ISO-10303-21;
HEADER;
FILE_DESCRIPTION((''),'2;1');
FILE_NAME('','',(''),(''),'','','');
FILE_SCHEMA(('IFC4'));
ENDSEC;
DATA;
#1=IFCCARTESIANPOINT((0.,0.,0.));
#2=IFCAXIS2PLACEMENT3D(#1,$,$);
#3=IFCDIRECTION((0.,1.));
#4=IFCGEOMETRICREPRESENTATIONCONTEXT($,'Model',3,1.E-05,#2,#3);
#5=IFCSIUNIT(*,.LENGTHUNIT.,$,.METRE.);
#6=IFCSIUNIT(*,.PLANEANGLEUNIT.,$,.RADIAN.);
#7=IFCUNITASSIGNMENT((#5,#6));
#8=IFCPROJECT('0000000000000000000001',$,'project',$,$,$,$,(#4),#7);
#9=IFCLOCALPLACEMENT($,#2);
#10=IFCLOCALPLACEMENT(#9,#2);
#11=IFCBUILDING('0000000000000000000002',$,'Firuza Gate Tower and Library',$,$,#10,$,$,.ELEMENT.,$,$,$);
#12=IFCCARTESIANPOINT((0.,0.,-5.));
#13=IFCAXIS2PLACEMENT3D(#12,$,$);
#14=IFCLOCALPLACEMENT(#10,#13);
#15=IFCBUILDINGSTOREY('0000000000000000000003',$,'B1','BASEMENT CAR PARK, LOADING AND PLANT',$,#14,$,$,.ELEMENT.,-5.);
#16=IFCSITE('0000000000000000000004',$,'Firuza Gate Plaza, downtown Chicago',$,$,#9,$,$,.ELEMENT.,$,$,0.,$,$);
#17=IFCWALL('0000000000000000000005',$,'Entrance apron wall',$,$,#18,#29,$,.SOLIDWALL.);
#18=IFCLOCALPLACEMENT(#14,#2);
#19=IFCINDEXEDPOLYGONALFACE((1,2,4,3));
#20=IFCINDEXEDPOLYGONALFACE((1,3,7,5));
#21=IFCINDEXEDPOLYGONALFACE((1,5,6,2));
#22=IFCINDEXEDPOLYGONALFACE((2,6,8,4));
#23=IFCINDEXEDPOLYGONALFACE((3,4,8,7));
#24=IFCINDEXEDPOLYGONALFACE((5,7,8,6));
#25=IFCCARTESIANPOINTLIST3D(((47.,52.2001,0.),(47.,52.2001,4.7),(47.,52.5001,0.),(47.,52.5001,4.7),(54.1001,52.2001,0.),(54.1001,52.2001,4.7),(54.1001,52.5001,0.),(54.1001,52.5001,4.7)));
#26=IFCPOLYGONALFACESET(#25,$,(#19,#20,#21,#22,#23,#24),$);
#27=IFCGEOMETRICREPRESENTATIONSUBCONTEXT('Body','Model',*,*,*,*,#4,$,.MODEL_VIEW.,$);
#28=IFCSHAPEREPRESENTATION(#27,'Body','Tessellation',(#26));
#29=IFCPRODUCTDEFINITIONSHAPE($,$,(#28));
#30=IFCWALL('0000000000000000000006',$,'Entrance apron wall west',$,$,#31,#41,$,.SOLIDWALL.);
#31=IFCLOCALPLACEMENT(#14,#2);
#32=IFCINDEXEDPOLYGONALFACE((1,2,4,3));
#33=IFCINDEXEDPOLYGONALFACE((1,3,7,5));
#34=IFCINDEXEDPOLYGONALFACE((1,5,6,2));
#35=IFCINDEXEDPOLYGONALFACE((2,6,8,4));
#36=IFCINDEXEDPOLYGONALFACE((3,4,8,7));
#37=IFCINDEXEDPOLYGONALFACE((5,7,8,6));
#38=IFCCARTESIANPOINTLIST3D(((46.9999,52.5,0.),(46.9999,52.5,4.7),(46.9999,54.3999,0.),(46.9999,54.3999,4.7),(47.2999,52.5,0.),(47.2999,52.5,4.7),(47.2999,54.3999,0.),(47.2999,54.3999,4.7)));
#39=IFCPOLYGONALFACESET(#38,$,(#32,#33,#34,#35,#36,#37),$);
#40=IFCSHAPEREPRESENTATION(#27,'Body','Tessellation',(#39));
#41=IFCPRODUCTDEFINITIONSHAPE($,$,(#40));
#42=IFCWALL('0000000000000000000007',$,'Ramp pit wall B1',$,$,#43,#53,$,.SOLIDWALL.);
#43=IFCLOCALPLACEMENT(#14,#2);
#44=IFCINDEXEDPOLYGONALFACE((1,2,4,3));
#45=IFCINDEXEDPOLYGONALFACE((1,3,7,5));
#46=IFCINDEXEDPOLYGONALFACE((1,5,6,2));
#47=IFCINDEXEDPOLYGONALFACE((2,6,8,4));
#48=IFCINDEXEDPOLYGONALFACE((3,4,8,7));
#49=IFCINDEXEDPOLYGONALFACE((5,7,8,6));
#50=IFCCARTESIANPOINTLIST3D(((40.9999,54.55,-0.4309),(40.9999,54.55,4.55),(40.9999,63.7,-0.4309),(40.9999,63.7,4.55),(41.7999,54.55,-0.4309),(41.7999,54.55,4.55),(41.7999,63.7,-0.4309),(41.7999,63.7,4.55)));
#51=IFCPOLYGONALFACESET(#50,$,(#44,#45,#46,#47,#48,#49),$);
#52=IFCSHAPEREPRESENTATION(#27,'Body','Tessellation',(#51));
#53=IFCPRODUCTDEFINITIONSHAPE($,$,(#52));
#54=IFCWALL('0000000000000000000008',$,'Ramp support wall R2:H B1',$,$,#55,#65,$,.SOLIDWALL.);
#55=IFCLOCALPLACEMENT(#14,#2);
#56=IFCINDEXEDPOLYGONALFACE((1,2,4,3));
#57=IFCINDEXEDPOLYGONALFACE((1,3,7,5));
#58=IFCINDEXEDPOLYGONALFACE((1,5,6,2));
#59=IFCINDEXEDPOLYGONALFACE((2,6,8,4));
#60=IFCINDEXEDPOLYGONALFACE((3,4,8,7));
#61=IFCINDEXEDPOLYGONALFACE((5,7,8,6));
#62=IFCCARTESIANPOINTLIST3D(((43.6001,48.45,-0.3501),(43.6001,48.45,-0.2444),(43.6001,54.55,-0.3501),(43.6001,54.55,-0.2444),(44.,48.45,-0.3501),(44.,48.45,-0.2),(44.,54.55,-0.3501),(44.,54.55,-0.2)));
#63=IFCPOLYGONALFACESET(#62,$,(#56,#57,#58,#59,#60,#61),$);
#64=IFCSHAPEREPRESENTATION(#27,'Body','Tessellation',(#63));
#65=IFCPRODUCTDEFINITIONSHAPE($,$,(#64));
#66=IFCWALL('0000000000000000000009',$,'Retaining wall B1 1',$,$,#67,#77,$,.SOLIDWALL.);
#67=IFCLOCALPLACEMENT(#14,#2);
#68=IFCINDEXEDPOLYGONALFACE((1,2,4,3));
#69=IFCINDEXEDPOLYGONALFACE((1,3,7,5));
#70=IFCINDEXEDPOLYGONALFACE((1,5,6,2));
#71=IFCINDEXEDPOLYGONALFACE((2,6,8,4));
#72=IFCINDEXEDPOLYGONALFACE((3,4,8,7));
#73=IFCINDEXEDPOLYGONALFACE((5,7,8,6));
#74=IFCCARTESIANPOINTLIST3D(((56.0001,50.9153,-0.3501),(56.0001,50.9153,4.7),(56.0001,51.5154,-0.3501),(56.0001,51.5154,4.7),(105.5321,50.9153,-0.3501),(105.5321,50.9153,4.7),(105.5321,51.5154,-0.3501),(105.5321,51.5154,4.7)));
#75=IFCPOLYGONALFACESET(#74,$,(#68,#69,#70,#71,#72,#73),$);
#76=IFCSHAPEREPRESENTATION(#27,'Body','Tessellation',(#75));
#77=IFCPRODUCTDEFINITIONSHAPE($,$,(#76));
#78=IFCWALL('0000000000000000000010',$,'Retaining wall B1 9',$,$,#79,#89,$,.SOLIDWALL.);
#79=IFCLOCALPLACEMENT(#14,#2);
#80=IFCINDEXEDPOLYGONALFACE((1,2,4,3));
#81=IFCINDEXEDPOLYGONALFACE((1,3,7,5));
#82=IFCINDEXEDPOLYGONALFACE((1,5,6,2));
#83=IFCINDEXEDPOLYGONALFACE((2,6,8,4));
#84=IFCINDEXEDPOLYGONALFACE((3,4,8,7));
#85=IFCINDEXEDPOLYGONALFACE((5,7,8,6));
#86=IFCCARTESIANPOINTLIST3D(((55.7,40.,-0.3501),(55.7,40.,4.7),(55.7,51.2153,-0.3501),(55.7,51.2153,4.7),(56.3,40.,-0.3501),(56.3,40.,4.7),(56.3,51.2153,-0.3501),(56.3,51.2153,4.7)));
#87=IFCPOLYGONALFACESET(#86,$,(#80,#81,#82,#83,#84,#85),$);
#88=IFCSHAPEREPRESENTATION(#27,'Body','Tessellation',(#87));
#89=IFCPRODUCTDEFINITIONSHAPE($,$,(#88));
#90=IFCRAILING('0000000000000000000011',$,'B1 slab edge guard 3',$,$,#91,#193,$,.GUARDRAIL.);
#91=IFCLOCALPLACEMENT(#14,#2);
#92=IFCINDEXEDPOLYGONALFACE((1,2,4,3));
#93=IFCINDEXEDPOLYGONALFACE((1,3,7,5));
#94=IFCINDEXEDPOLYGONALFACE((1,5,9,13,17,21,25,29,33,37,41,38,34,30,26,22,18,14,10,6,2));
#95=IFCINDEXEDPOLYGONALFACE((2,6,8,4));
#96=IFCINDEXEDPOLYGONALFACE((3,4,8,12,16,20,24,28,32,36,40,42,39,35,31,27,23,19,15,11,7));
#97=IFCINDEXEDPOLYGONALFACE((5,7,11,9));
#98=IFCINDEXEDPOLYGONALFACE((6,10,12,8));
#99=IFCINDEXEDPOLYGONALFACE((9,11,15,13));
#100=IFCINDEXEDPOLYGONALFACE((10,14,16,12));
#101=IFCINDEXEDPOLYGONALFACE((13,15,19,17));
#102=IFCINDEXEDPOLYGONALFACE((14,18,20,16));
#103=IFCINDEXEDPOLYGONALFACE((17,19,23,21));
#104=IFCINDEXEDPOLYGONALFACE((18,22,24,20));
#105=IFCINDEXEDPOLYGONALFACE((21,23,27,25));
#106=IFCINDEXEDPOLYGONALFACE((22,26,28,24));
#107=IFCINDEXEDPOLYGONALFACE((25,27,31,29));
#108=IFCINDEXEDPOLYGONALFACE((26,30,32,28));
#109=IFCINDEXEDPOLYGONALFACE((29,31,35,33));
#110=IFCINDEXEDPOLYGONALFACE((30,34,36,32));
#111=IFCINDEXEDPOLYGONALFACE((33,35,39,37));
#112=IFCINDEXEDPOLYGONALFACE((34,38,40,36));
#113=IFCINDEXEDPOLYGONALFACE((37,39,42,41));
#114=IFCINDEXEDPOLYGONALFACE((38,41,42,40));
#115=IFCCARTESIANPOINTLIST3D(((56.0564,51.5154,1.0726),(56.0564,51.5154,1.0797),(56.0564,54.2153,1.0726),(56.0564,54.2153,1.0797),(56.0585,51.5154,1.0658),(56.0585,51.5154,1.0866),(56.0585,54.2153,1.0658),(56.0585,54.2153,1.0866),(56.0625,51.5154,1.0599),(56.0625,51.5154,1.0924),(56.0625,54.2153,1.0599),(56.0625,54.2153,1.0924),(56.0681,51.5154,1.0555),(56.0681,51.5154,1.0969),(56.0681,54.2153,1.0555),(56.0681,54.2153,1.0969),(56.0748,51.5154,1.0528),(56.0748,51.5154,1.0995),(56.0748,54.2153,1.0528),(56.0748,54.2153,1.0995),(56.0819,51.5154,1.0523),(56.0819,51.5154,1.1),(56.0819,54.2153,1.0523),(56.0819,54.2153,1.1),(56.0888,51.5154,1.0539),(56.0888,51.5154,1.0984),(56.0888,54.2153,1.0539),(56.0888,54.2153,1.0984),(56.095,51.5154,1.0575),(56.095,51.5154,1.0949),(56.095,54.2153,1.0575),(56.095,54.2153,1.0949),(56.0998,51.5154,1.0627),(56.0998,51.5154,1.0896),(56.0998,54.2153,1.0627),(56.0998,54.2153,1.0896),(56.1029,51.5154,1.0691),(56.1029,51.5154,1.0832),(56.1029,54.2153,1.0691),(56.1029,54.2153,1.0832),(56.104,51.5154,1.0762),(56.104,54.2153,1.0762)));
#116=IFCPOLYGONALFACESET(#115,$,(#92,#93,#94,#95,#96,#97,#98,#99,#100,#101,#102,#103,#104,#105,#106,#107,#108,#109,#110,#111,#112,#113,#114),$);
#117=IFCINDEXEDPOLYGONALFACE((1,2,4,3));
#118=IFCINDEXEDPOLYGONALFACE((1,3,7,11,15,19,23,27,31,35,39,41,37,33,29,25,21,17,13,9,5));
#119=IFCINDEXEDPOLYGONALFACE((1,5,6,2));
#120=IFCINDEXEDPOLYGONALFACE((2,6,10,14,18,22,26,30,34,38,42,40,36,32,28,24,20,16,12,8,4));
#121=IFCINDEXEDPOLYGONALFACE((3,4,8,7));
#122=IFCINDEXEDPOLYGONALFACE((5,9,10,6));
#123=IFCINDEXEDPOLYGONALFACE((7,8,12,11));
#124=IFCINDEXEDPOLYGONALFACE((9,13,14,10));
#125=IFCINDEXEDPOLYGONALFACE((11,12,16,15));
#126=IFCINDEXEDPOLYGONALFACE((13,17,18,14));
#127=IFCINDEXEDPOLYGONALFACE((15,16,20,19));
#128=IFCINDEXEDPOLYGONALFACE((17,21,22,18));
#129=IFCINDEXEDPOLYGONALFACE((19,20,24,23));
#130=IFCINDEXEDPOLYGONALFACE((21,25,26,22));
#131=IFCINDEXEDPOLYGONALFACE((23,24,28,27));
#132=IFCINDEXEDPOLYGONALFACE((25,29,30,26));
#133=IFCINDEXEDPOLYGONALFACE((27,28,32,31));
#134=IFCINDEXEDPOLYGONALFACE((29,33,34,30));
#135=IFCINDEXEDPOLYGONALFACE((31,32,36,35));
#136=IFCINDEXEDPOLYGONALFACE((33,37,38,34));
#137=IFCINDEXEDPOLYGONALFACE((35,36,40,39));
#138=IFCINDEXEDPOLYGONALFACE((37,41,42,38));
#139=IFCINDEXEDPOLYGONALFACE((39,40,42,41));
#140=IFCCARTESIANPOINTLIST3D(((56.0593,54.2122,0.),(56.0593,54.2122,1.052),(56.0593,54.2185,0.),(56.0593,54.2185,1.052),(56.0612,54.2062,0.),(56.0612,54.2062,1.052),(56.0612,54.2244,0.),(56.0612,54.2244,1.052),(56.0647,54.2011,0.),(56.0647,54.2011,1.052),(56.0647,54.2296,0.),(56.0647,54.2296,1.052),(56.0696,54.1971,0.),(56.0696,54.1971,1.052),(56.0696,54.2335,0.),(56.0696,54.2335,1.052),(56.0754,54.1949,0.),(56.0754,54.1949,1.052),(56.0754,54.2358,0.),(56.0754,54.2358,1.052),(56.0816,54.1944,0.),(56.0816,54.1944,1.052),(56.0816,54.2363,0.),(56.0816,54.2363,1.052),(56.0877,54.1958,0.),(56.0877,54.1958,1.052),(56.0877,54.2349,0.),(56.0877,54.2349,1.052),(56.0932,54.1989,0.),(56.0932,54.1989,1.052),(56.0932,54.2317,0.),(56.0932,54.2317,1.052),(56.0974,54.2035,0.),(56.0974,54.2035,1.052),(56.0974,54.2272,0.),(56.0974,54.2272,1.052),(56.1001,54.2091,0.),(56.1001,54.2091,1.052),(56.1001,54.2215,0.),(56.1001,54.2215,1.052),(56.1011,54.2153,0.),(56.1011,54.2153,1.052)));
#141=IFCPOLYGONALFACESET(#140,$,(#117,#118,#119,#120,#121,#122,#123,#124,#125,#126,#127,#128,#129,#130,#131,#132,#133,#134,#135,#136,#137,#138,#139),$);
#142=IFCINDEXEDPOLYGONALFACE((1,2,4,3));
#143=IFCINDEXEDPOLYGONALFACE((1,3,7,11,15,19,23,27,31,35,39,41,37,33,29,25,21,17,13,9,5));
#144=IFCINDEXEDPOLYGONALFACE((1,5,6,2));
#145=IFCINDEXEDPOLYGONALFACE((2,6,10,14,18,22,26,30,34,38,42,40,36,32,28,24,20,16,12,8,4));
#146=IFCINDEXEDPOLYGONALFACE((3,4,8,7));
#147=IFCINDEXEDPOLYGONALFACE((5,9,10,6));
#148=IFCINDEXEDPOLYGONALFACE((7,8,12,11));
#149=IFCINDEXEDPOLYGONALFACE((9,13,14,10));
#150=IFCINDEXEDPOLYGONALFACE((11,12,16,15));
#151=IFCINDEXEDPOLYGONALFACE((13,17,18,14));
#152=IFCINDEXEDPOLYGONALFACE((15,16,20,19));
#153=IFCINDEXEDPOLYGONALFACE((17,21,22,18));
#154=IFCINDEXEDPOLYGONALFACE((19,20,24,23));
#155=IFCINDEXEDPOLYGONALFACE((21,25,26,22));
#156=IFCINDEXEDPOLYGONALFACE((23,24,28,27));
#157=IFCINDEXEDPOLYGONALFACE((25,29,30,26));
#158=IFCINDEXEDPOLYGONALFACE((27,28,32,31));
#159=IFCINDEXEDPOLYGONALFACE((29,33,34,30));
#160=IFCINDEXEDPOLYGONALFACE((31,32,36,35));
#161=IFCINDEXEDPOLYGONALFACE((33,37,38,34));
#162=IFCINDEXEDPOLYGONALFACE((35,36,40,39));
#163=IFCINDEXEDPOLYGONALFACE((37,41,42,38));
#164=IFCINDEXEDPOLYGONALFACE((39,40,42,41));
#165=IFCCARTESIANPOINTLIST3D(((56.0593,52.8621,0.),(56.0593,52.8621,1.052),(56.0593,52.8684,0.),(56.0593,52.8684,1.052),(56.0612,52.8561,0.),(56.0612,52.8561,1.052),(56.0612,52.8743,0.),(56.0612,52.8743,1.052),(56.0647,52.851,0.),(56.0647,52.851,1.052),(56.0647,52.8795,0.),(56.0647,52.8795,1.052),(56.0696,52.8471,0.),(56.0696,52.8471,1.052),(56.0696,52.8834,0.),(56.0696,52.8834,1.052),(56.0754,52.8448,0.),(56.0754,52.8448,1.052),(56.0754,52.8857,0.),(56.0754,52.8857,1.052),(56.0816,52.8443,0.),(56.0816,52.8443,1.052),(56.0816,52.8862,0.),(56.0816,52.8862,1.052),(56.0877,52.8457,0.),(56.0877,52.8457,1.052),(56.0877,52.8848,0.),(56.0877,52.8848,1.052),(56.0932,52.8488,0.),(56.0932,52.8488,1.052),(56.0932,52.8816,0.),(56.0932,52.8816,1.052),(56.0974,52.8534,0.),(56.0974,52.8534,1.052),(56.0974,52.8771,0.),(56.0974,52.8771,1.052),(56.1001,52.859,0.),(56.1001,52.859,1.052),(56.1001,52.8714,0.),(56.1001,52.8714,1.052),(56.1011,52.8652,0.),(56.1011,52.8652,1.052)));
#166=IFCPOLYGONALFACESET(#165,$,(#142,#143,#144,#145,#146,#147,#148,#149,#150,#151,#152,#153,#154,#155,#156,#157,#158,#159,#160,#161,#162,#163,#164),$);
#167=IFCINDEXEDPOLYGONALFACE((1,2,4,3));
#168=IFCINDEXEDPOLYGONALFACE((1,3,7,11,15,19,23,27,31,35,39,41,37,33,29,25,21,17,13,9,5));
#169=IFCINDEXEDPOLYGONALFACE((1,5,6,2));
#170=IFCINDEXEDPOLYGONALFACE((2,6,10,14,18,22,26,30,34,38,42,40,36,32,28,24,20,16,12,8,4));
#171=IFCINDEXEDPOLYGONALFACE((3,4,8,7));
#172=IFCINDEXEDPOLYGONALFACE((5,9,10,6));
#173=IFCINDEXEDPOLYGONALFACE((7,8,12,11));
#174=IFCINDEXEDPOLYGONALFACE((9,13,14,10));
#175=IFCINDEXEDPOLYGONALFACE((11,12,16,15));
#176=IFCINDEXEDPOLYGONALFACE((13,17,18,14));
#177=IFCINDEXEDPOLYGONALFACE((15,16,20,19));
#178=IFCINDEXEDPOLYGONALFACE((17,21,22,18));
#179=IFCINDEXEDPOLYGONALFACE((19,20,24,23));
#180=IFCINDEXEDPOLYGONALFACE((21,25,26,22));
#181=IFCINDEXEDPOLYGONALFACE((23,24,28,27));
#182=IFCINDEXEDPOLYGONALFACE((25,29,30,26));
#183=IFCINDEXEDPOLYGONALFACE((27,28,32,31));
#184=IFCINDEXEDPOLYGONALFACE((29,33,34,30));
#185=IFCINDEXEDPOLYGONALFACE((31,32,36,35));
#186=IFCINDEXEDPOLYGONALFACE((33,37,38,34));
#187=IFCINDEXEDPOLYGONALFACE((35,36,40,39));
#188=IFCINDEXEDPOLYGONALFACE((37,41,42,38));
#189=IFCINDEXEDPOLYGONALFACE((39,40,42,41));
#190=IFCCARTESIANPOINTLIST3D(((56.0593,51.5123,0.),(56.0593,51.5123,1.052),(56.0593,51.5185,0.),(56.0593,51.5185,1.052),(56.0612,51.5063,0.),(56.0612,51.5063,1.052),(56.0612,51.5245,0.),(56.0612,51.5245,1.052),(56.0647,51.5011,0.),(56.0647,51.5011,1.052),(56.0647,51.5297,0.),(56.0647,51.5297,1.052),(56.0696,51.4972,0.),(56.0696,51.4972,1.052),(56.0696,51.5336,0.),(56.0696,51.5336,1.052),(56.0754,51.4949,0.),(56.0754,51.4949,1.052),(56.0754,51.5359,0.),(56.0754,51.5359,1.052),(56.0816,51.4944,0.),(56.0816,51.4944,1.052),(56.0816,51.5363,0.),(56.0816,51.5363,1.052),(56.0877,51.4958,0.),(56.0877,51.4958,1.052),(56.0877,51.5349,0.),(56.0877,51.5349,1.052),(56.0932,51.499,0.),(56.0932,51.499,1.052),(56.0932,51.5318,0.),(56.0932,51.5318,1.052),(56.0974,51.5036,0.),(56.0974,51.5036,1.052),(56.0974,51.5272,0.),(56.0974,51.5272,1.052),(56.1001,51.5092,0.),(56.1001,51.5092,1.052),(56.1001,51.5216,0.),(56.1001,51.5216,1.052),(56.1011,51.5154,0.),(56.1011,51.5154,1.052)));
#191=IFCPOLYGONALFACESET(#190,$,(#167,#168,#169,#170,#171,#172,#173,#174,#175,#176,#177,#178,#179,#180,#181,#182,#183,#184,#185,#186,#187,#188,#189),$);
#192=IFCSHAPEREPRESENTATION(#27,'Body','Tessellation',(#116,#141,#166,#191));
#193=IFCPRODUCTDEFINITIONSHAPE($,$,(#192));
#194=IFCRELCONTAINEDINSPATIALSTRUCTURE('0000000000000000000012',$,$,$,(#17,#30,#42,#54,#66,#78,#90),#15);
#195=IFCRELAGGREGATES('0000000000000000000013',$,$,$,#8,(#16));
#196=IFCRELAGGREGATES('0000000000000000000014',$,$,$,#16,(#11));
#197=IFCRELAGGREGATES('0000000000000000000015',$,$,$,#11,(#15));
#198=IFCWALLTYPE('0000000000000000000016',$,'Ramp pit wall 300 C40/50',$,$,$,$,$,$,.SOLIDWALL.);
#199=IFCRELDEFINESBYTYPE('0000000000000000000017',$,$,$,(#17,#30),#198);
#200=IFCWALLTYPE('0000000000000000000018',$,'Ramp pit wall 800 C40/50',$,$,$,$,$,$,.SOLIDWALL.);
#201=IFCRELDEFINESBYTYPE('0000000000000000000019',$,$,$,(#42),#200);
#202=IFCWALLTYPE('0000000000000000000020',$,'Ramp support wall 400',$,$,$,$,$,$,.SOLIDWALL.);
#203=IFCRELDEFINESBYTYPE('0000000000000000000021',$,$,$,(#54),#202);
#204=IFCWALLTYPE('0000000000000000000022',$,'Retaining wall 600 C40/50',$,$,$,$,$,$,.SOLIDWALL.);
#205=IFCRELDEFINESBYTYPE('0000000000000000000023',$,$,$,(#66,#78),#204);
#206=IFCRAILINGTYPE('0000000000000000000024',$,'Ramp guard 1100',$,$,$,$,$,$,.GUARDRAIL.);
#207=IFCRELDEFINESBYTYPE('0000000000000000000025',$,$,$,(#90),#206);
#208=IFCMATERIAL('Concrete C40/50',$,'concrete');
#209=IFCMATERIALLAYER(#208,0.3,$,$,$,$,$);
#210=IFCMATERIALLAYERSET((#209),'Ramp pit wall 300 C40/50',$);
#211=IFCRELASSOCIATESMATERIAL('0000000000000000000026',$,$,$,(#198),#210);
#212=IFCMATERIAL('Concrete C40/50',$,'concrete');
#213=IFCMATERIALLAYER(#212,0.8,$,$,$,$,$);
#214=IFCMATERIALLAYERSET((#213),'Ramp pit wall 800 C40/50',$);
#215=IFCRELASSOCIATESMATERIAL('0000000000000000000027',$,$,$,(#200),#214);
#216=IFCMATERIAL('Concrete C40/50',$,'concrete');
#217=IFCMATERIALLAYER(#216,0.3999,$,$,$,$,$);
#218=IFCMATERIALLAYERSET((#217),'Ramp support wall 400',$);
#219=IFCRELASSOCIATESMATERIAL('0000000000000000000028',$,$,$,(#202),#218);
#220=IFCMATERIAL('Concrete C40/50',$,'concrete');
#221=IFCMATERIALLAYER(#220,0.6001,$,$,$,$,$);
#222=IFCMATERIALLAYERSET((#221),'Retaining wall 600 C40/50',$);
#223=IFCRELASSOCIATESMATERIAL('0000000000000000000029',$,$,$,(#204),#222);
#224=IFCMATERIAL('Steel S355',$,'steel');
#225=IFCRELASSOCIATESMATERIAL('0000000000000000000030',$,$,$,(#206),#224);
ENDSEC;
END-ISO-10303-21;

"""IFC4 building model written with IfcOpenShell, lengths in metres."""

from ifc_helpers import new_model, si_unit, direction, frame, frame_2d, origin, origin_2d, place, context, subcontext, project, spatial, polyline, rectangle, circle, outline, extrude, material, layer, layer_set, type_object, element, save


model = new_model("IFC4")

# Units and contexts
model_context = context("Model", 3, precision=1e-05, world=origin(), true_north=direction((0.0, 1.0)))
body_context = subcontext(model_context, "Body", "Model", "MODEL_VIEW")
ifc_project = project(units=[si_unit("LENGTHUNIT", "METRE"), si_unit("PLANEANGLEUNIT", "RADIAN")], contexts=[model_context])

# Site, building, storey
site_placement = place(None, origin())
site = spatial("IfcSite", under=ifc_project, at=site_placement, Name="Firuza Gate Plaza, downtown Chicago", CompositionType="ELEMENT", RefElevation=0.0)
building_placement = place(site_placement, origin())
building = spatial("IfcBuilding", under=site, at=building_placement, Name="Firuza Gate Tower and Library", CompositionType="ELEMENT")
storey_placement = place(building_placement, frame((0.0, 0.0, -5.0)))
storey = spatial("IfcBuildingStorey", under=building, at=storey_placement, Name="B1", Description="BASEMENT CAR PARK, LOADING AND PLANT", CompositionType="ELEMENT", Elevation=-5.0)

# Walls
ifc_material_1 = material(Name="Concrete C40/50", Category="concrete")
ifc_layer_1 = layer(ifc_material_1, 0.3)
ifc_layer_set_1 = layer_set([ifc_layer_1], Name="Ramp pit wall 300 C40/50")
wall_type_1 = type_object("IfcWallType", Name="Ramp pit wall 300 C40/50", PredefinedType="SOLIDWALL", material=ifc_layer_set_1)
wall_1_placement = place(storey_placement, frame((47.0, 52.3501, 0.0), z_axis=(0.0, 0.0, 1.0), x_axis=(1.0, 0.0, 0.0)))
element("IfcWall", 1, at=wall_1_placement, inside=storey, type_object=wall_type_1, Name="Entrance apron wall", PredefinedType="SOLIDWALL", context=body_context, shape_type="SweptSolid", body=[
    extrude(rectangle(XDim=7.1001, YDim=0.3, at=frame_2d((3.55, 0.0))), origin(), (0.0, 0.0, 1.0), 4.7),
])
wall_2_placement = place(storey_placement, frame((47.1499, 52.5, 0.0), z_axis=(0.0, 0.0, 1.0), x_axis=(0.0, 1.0, 0.0)))
element("IfcWall", 2, at=wall_2_placement, inside=storey, type_object=wall_type_1, Name="Entrance apron wall west", PredefinedType="SOLIDWALL", context=body_context, shape_type="SweptSolid", body=[
    extrude(rectangle(XDim=1.8999, YDim=0.3, at=frame_2d((0.95, 0.0))), origin(), (0.0, 0.0, 1.0), 4.7),
])
ifc_material_2 = material(Name="Concrete C40/50", Category="concrete")
ifc_layer_2 = layer(ifc_material_2, 0.8)
ifc_layer_set_2 = layer_set([ifc_layer_2], Name="Ramp pit wall 800 C40/50")
wall_type_2 = type_object("IfcWallType", Name="Ramp pit wall 800 C40/50", PredefinedType="SOLIDWALL", material=ifc_layer_set_2)
wall_3_placement = place(storey_placement, frame((41.3999, 54.55, -0.4309), z_axis=(0.0, 0.0, 1.0), x_axis=(0.0, 1.0, 0.0)))
element("IfcWall", 3, at=wall_3_placement, inside=storey, type_object=wall_type_2, Name="Ramp pit wall B1", PredefinedType="SOLIDWALL", context=body_context, shape_type="SweptSolid", body=[
    extrude(rectangle(XDim=9.1499, YDim=0.8, at=frame_2d((4.575, 0.0))), origin(), (0.0, 0.0, 1.0), 4.981),
])
ifc_material_3 = material(Name="Concrete C40/50", Category="concrete")
ifc_layer_3 = layer(ifc_material_3, 0.3999)
ifc_layer_set_3 = layer_set([ifc_layer_3], Name="Ramp support wall 400")
wall_type_3 = type_object("IfcWallType", Name="Ramp support wall 400", PredefinedType="SOLIDWALL", material=ifc_layer_set_3)
wall_4_placement = place(storey_placement, frame((43.6001, 51.5, -0.3501), z_axis=(0.0, 0.0, 1.0), x_axis=(1.0, 0.0, 0.0)))
element("IfcWall", 4, at=wall_4_placement, inside=storey, type_object=wall_type_3, Name="Ramp support wall R2:H B1", PredefinedType="SOLIDWALL", context=body_context, shape_type="SweptSolid", body=[
    extrude(outline(polyline([(0.0, 0.0), (0.3999, 0.0), (0.3999, 0.1501), (0.0, 0.1057), (0.0, 0.0)])), frame((0.0, 3.05, 0.0), z_axis=(0.0, -1.0, 0.0), x_axis=(1.0, 0.0, 0.0)), (0.0, 0.0, 1.0), 6.1001),
])
ifc_material_4 = material(Name="Concrete C40/50", Category="concrete")
ifc_layer_4 = layer(ifc_material_4, 0.6001)
ifc_layer_set_4 = layer_set([ifc_layer_4], Name="Retaining wall 600 C40/50")
wall_type_4 = type_object("IfcWallType", Name="Retaining wall 600 C40/50", PredefinedType="SOLIDWALL", material=ifc_layer_set_4)
wall_5_placement = place(storey_placement, frame((56.0, 51.2153, -0.3501), z_axis=(0.0, 0.0, 1.0), x_axis=(1.0, 0.0, 0.0)))
element("IfcWall", 5, at=wall_5_placement, inside=storey, type_object=wall_type_4, Name="Retaining wall B1 1", PredefinedType="SOLIDWALL", context=body_context, shape_type="SweptSolid", body=[
    extrude(rectangle(XDim=49.532, YDim=0.6001, at=frame_2d((24.7661, 0.0))), origin(), (0.0, 0.0, 1.0), 5.05),
])
wall_6_placement = place(storey_placement, frame((56.0, 40.0, -0.3501), z_axis=(0.0, 0.0, 1.0), x_axis=(0.0, 1.0, 0.0)))
element("IfcWall", 6, at=wall_6_placement, inside=storey, type_object=wall_type_4, Name="Retaining wall B1 9", PredefinedType="SOLIDWALL", context=body_context, shape_type="SweptSolid", body=[
    extrude(rectangle(XDim=11.2153, YDim=0.6001, at=frame_2d((5.6077, 0.0))), origin(), (0.0, 0.0, 1.0), 5.05),
])

# Railing
ifc_material_5 = material(Name="Steel S355", Category="steel")
railing_type = type_object("IfcRailingType", Name="Ramp guard 1100", PredefinedType="GUARDRAIL", material=ifc_material_5)
railing_1_placement = place(storey_placement, frame((56.0801, 54.2153, 0.0)))
element("IfcRailing", 7, at=railing_1_placement, inside=storey, type_object=railing_type, Name="B1 slab edge guard 3", PredefinedType="GUARDRAIL", context=body_context, shape_type="SweptSolid", body=[
    extrude(circle(Radius=0.0239, at=origin_2d()), frame((0.0, 0.0, 1.0762), z_axis=(0.0, -1.0, 0.0), x_axis=(1.0, 0.0, 0.0)), (0.0, 0.0, 1.0), 2.7),
    extrude(circle(Radius=0.021, at=origin_2d()), origin(), (0.0, 0.0, 1.0), 1.052),
    extrude(circle(Radius=0.021, at=origin_2d()), frame((0.0, -1.3501, 0.0)), (0.0, 0.0, 1.0), 1.052),
    extrude(circle(Radius=0.021, at=origin_2d()), frame((0.0, -2.7, 0.0)), (0.0, 0.0, 1.0), 1.052),
])

save(model, "model.ifc")
